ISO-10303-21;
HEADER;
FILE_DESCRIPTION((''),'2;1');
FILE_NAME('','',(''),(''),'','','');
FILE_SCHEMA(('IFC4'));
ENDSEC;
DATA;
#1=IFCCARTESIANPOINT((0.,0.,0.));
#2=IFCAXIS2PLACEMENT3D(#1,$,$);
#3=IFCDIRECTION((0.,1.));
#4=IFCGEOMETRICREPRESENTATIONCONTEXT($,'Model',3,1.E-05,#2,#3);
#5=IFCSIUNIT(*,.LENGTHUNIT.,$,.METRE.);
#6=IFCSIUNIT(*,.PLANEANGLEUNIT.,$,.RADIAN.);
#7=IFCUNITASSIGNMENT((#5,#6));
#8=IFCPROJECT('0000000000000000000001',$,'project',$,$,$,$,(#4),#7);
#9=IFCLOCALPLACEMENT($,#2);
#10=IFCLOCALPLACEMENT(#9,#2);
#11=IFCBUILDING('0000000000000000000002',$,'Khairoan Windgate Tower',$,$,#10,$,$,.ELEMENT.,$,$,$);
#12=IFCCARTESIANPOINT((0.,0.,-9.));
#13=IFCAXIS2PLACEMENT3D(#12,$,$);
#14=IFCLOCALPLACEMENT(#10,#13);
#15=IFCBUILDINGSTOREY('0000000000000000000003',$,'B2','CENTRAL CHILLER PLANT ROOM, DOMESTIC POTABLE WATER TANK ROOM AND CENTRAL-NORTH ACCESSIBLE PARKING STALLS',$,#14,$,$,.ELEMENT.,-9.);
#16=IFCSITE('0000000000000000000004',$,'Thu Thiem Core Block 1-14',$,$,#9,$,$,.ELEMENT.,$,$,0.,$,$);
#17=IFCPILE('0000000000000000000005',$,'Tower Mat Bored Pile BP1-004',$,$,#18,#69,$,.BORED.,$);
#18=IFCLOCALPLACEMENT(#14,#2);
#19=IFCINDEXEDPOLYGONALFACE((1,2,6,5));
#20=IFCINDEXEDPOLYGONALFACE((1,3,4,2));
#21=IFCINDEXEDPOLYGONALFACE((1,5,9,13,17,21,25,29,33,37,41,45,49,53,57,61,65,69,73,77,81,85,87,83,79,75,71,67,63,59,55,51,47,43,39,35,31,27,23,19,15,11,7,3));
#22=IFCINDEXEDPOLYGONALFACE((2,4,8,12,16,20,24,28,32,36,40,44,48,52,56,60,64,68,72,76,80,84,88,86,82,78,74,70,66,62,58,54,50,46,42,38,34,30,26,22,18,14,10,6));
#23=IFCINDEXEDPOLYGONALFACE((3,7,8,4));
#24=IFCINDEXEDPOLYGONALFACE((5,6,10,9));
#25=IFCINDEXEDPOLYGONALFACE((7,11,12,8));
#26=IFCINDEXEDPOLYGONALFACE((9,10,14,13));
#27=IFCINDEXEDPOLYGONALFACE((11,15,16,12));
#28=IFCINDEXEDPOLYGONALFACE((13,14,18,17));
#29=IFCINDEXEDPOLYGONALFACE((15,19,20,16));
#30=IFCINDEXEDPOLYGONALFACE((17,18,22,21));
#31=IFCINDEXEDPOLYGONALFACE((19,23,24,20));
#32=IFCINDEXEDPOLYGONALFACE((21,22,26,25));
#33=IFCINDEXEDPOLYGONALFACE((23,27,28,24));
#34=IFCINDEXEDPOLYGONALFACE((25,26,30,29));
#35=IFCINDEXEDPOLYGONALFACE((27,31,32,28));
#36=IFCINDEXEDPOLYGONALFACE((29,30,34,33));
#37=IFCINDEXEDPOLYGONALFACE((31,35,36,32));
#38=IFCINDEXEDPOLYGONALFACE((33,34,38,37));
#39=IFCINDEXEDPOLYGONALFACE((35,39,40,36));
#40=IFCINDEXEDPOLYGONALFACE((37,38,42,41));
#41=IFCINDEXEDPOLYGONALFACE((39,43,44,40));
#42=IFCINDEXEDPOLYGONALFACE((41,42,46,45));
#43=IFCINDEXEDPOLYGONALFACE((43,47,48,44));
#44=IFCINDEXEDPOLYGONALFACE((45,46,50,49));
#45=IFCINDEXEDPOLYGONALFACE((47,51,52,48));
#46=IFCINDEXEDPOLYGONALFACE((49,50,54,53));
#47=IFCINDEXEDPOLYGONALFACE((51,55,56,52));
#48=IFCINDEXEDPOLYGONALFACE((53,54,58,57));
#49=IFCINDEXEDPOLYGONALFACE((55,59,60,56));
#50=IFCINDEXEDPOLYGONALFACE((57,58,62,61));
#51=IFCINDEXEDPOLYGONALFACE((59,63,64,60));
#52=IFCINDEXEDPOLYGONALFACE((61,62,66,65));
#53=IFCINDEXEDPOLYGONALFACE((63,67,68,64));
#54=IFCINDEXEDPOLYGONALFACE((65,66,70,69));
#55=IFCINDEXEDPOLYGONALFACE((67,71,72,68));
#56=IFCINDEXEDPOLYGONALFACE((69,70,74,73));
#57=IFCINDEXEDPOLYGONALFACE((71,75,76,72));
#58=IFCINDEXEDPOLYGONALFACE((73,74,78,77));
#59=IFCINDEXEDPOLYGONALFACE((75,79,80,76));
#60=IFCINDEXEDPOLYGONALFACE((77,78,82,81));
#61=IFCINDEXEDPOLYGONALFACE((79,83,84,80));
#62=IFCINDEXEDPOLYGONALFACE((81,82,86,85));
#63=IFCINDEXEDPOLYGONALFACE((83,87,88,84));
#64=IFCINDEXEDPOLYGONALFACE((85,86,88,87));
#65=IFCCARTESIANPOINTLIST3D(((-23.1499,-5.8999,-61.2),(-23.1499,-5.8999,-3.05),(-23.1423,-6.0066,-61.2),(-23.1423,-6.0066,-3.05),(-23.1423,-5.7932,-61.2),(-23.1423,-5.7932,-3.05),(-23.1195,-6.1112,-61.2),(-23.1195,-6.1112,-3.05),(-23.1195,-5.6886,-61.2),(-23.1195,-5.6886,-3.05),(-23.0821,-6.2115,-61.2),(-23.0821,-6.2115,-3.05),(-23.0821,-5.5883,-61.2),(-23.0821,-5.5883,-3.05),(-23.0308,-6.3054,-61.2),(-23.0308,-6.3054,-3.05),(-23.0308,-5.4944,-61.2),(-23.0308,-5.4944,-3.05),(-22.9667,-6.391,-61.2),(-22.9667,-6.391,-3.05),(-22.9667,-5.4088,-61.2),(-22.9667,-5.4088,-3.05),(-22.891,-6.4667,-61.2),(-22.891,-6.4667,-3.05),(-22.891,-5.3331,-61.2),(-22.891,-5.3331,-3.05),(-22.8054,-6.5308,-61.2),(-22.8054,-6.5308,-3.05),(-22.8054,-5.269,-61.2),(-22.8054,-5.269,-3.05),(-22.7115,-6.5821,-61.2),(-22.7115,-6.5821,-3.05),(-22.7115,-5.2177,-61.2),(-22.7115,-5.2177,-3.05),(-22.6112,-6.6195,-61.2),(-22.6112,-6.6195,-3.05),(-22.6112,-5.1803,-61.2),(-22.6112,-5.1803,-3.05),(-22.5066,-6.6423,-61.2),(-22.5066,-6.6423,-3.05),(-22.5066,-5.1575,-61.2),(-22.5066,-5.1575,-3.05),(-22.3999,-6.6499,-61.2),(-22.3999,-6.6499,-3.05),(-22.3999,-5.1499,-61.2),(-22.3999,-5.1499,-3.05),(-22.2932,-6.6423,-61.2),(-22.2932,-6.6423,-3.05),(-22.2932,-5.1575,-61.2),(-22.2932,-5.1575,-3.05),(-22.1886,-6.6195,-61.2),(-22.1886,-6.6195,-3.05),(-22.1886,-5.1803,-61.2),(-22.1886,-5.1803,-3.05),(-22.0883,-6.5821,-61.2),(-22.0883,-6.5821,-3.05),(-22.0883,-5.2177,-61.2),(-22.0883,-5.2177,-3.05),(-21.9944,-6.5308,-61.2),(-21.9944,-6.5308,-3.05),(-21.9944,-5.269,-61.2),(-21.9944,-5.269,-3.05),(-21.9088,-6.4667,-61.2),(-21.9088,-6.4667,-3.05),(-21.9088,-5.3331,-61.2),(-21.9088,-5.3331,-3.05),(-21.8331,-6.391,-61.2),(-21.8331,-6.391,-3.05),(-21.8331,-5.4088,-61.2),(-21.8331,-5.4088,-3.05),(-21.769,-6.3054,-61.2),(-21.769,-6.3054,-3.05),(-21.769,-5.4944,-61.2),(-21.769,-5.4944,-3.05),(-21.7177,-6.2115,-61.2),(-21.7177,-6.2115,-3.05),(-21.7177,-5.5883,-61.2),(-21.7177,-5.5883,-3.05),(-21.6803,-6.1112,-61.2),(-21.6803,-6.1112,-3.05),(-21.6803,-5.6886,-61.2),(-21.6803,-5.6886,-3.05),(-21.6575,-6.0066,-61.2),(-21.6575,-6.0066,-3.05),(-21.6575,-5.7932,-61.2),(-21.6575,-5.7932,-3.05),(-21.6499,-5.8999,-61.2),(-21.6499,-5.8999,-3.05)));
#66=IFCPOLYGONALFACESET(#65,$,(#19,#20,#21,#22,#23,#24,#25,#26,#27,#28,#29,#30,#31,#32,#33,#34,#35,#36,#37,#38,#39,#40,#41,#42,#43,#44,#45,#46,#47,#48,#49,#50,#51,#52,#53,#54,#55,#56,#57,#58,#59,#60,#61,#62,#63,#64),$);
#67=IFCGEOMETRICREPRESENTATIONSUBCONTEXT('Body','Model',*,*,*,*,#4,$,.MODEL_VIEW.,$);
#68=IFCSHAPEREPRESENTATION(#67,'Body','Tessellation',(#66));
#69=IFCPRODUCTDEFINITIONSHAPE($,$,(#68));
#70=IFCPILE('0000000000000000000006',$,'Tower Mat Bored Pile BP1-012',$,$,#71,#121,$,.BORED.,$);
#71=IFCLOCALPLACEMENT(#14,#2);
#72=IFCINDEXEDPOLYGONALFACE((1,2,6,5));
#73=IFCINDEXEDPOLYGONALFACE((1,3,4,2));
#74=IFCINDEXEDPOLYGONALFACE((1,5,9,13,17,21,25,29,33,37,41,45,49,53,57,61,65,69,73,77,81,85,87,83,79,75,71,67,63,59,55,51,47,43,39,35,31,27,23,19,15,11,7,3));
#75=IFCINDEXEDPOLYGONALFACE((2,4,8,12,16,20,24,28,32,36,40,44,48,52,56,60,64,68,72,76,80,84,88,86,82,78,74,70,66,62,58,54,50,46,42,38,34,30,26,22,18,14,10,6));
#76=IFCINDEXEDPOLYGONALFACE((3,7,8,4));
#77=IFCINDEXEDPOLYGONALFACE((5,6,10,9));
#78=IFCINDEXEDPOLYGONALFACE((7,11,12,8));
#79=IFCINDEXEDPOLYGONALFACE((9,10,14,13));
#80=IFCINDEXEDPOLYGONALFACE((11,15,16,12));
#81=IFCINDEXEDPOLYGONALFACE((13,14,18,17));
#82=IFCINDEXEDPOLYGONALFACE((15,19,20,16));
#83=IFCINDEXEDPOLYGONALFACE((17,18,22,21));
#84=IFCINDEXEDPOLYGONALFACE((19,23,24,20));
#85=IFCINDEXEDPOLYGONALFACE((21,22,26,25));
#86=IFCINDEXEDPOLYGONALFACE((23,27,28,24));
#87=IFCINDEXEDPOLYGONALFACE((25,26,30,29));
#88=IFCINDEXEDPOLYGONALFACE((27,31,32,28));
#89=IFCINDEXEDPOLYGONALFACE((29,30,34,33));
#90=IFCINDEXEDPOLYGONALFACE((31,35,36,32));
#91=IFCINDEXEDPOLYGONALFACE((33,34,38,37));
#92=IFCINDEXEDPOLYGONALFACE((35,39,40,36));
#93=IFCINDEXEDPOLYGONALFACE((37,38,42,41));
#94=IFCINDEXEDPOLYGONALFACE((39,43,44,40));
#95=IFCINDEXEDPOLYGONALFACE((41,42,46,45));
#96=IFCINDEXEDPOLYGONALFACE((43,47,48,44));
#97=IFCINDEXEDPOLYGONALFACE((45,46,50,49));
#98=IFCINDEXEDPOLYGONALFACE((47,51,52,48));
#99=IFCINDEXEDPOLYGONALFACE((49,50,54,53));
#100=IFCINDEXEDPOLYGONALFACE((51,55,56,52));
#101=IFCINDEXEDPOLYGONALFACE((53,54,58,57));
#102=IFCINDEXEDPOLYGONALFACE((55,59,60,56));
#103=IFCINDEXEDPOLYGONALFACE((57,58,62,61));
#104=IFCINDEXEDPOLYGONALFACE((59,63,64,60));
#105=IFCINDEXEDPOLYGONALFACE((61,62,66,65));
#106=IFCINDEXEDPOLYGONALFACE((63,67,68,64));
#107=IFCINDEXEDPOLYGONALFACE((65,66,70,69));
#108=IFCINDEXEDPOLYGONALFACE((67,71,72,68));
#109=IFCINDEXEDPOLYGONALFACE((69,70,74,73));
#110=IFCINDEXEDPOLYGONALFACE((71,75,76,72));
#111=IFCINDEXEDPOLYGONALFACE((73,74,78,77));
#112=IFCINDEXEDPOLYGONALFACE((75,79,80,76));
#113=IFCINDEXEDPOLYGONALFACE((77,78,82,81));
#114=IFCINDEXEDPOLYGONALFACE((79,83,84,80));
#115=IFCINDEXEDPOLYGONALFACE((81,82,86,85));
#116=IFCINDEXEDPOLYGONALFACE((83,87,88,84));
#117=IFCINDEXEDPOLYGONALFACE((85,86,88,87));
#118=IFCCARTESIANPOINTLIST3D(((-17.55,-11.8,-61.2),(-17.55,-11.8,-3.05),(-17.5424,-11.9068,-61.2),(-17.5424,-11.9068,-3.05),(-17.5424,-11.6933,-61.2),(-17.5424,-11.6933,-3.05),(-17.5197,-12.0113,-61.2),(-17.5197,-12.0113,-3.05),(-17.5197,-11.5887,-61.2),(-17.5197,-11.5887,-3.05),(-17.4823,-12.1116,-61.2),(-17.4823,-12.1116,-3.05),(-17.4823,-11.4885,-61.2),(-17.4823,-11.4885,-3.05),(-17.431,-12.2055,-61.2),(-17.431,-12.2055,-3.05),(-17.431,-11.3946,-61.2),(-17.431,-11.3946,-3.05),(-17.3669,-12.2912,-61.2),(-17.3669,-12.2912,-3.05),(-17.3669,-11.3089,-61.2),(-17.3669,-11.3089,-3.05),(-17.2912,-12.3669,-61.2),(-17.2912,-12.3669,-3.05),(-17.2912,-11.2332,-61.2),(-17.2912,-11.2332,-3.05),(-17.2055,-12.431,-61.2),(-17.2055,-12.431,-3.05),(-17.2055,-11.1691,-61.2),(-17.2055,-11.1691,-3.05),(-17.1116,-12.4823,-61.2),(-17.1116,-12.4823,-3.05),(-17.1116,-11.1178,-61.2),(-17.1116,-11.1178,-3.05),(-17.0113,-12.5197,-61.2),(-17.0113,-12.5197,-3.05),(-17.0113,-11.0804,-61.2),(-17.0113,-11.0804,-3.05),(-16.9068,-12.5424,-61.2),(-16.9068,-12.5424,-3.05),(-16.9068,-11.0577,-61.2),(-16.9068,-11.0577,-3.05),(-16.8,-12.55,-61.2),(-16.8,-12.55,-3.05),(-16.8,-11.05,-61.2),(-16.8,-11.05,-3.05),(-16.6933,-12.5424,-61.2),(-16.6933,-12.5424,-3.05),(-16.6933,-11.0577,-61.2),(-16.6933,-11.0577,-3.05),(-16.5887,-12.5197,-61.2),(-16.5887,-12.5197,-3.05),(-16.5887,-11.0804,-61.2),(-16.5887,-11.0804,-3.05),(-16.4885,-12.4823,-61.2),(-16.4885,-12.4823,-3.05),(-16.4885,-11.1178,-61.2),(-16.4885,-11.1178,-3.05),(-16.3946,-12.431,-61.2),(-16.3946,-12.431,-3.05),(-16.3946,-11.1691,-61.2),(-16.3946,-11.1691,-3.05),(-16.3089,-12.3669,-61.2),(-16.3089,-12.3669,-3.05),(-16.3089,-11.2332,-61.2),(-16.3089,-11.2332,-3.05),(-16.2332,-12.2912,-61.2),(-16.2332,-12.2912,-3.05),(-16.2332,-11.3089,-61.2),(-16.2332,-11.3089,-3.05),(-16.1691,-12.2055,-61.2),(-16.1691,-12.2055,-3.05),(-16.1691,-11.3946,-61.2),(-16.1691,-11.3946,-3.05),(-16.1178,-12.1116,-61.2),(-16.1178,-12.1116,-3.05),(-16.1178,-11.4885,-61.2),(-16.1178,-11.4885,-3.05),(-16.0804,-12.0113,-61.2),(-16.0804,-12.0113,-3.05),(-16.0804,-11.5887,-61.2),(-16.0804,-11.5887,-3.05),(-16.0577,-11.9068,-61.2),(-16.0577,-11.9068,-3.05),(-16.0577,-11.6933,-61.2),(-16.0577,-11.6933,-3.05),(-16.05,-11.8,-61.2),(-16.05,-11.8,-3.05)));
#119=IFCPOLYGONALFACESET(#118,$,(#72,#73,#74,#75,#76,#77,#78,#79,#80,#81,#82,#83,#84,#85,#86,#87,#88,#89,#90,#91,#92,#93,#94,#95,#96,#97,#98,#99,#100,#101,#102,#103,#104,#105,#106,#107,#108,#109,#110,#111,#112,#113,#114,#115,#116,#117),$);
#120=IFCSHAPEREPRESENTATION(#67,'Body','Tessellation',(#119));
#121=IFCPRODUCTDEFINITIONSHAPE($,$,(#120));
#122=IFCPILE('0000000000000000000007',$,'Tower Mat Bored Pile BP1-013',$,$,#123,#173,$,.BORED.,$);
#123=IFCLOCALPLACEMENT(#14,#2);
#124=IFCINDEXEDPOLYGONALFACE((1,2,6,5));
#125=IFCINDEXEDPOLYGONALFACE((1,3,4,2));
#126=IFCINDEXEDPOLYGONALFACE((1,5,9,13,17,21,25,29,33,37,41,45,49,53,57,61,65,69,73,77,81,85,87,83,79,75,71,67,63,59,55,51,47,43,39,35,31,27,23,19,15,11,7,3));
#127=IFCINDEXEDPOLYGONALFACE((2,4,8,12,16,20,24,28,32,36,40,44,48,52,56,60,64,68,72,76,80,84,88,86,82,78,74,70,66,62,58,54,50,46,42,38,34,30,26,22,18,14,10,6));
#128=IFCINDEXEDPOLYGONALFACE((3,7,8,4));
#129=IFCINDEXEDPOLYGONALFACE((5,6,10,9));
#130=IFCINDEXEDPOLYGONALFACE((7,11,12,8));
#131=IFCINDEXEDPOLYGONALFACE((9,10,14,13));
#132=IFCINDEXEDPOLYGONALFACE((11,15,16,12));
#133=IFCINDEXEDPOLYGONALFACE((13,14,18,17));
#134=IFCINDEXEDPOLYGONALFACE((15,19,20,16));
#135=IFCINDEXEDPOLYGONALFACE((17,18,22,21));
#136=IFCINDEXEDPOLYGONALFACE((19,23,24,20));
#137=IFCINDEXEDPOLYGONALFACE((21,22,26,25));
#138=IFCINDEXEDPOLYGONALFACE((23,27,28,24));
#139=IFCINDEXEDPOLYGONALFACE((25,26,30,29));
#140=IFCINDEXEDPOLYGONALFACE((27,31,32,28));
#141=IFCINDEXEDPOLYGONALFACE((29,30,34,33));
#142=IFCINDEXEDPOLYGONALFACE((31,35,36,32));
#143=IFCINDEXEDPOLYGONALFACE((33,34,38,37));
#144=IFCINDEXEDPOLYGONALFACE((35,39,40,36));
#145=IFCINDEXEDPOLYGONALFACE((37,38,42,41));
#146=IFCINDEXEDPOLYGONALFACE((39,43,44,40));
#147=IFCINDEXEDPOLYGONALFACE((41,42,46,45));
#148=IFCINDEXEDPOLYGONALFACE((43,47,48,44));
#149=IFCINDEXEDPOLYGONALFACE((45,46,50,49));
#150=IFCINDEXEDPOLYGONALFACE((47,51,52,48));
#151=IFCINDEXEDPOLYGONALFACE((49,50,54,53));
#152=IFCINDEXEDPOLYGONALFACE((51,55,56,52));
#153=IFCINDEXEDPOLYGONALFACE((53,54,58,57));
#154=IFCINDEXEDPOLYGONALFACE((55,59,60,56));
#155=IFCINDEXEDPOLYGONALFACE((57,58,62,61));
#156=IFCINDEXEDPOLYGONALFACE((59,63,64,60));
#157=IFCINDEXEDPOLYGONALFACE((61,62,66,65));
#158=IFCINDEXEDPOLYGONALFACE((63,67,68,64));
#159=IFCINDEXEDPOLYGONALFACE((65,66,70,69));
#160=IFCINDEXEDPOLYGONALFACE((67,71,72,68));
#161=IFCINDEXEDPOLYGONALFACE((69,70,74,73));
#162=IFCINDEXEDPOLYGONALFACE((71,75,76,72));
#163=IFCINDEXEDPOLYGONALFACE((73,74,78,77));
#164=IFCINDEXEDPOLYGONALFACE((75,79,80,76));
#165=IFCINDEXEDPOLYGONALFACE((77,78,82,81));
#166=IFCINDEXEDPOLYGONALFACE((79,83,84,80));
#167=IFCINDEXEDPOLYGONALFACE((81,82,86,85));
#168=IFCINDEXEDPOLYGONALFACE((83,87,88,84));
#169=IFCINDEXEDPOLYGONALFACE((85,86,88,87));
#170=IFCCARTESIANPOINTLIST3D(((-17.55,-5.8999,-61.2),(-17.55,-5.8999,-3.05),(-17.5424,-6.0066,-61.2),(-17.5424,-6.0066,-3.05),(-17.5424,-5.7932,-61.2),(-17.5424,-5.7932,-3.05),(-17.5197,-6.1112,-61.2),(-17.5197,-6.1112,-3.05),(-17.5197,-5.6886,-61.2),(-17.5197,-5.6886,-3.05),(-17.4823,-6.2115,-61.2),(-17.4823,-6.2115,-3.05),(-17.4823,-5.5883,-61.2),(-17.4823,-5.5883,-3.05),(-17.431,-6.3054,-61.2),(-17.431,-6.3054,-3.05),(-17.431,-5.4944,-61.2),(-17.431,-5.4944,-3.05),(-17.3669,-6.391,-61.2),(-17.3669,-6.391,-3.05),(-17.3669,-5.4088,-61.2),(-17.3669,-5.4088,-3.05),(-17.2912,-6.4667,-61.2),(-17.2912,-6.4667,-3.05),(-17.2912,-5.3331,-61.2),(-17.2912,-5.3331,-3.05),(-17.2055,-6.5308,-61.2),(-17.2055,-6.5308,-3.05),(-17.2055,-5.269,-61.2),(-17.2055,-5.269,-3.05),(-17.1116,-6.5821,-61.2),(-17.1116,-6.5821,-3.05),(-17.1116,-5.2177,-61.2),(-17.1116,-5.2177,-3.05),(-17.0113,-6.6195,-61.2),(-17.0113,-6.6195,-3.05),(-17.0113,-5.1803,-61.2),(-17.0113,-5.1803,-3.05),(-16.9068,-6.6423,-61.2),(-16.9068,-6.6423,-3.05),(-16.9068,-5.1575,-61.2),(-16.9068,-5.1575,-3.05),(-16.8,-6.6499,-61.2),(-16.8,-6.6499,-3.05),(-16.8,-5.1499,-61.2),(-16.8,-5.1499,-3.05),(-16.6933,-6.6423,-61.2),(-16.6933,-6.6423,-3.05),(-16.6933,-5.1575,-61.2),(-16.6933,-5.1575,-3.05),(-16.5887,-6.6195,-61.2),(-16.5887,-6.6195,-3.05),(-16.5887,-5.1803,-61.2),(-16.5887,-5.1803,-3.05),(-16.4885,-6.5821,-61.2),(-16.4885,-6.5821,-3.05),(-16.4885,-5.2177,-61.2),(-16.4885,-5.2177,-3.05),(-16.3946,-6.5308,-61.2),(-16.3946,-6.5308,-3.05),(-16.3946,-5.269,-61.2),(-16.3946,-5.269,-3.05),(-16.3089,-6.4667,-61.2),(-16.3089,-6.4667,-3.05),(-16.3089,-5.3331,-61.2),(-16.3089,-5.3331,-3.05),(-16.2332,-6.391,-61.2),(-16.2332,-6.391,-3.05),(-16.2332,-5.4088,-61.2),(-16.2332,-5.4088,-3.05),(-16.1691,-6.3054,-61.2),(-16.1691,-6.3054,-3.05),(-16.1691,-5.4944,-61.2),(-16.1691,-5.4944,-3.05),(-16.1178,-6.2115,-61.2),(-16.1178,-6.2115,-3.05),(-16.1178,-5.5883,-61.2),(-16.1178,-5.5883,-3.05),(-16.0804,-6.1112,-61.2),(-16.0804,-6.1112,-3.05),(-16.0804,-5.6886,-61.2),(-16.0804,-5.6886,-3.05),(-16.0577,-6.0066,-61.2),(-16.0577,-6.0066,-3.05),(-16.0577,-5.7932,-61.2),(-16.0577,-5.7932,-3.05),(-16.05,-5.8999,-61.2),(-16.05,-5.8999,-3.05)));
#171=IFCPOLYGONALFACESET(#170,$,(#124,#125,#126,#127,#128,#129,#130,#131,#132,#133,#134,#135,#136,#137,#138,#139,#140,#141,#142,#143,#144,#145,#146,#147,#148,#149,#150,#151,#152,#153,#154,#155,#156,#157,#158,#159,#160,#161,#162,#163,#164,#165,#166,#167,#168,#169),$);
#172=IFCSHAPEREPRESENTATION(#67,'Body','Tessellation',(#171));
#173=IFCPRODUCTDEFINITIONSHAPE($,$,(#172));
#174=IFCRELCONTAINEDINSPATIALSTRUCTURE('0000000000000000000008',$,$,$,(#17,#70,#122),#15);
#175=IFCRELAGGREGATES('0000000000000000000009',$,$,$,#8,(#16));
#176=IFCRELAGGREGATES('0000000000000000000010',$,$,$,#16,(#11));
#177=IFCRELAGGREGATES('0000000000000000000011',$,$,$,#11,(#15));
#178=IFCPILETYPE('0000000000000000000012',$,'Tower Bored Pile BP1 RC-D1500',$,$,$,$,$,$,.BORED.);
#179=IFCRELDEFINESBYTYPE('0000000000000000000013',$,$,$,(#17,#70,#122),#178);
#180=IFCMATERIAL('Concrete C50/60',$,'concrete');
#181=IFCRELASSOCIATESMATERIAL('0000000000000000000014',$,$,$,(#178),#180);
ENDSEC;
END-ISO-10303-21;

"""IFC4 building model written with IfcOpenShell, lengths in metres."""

from ifc_helpers import new_model, si_unit, direction, frame, origin, origin_2d, place, context, subcontext, project, spatial, circle, extrude, material, material_profile, profile_set, type_object, element, save


model = new_model("IFC4")

# Units and contexts
model_context = context("Model", 3, precision=1e-05, world=origin(), true_north=direction((0.0, 1.0)))
body_context = subcontext(model_context, "Body", "Model", "MODEL_VIEW")
ifc_project = project(units=[si_unit("LENGTHUNIT", "METRE"), si_unit("PLANEANGLEUNIT", "RADIAN")], contexts=[model_context])

# Site, building, storey
site_placement = place(None, origin())
site = spatial("IfcSite", under=ifc_project, at=site_placement, Name="Thu Thiem Core Block 1-14", CompositionType="ELEMENT", RefElevation=0.0)
building_placement = place(site_placement, origin())
building = spatial("IfcBuilding", under=site, at=building_placement, Name="Khairoan Windgate Tower", CompositionType="ELEMENT")
storey_placement = place(building_placement, frame((0.0, 0.0, -9.0)))
storey = spatial("IfcBuildingStorey", under=building, at=storey_placement, Name="B2", Description="CENTRAL CHILLER PLANT ROOM, DOMESTIC POTABLE WATER TANK ROOM AND CENTRAL-NORTH ACCESSIBLE PARKING STALLS", CompositionType="ELEMENT", Elevation=-9.0)

# Piles
ifc_material_1 = material(Name="Concrete C50/60", Category="concrete")
ifc_material_profile_1 = material_profile(ifc_material_1, circle(Radius=0.75, at=origin_2d()))
ifc_profile_set_1 = profile_set([ifc_material_profile_1], Name="Concrete C50/60")
pile_type = type_object("IfcPileType", Name="Tower Bored Pile BP1 RC-D1500", PredefinedType="BORED", material=ifc_profile_set_1)
for number, where, z_axis, x_axis, name in (
    (1, (-22.3999, -5.8999, -3.05), (0.0, 0.0, -1.0), (1.0, 0.0, 0.0), "Tower Mat Bored Pile BP1-004"),
    (2, (-16.8, -11.8, -3.05), (0.0, 0.0, -1.0), (1.0, 0.0, 0.0), "Tower Mat Bored Pile BP1-012"),
    (3, (-16.8, -5.8999, -3.05), (0.0, 0.0, -1.0), (1.0, 0.0, 0.0), "Tower Mat Bored Pile BP1-013"),
):
    element("IfcPile", number, at=place(storey_placement, frame(where, z_axis=z_axis, x_axis=x_axis)), inside=storey, type_object=pile_type, Name=name, PredefinedType="BORED", context=body_context, shape_type="SweptSolid", body=[
        extrude(circle(Radius=0.75, at=origin_2d()), origin(), (0.0, 0.0, 1.0), 58.1499),
    ])

save(model, "model.ifc")
